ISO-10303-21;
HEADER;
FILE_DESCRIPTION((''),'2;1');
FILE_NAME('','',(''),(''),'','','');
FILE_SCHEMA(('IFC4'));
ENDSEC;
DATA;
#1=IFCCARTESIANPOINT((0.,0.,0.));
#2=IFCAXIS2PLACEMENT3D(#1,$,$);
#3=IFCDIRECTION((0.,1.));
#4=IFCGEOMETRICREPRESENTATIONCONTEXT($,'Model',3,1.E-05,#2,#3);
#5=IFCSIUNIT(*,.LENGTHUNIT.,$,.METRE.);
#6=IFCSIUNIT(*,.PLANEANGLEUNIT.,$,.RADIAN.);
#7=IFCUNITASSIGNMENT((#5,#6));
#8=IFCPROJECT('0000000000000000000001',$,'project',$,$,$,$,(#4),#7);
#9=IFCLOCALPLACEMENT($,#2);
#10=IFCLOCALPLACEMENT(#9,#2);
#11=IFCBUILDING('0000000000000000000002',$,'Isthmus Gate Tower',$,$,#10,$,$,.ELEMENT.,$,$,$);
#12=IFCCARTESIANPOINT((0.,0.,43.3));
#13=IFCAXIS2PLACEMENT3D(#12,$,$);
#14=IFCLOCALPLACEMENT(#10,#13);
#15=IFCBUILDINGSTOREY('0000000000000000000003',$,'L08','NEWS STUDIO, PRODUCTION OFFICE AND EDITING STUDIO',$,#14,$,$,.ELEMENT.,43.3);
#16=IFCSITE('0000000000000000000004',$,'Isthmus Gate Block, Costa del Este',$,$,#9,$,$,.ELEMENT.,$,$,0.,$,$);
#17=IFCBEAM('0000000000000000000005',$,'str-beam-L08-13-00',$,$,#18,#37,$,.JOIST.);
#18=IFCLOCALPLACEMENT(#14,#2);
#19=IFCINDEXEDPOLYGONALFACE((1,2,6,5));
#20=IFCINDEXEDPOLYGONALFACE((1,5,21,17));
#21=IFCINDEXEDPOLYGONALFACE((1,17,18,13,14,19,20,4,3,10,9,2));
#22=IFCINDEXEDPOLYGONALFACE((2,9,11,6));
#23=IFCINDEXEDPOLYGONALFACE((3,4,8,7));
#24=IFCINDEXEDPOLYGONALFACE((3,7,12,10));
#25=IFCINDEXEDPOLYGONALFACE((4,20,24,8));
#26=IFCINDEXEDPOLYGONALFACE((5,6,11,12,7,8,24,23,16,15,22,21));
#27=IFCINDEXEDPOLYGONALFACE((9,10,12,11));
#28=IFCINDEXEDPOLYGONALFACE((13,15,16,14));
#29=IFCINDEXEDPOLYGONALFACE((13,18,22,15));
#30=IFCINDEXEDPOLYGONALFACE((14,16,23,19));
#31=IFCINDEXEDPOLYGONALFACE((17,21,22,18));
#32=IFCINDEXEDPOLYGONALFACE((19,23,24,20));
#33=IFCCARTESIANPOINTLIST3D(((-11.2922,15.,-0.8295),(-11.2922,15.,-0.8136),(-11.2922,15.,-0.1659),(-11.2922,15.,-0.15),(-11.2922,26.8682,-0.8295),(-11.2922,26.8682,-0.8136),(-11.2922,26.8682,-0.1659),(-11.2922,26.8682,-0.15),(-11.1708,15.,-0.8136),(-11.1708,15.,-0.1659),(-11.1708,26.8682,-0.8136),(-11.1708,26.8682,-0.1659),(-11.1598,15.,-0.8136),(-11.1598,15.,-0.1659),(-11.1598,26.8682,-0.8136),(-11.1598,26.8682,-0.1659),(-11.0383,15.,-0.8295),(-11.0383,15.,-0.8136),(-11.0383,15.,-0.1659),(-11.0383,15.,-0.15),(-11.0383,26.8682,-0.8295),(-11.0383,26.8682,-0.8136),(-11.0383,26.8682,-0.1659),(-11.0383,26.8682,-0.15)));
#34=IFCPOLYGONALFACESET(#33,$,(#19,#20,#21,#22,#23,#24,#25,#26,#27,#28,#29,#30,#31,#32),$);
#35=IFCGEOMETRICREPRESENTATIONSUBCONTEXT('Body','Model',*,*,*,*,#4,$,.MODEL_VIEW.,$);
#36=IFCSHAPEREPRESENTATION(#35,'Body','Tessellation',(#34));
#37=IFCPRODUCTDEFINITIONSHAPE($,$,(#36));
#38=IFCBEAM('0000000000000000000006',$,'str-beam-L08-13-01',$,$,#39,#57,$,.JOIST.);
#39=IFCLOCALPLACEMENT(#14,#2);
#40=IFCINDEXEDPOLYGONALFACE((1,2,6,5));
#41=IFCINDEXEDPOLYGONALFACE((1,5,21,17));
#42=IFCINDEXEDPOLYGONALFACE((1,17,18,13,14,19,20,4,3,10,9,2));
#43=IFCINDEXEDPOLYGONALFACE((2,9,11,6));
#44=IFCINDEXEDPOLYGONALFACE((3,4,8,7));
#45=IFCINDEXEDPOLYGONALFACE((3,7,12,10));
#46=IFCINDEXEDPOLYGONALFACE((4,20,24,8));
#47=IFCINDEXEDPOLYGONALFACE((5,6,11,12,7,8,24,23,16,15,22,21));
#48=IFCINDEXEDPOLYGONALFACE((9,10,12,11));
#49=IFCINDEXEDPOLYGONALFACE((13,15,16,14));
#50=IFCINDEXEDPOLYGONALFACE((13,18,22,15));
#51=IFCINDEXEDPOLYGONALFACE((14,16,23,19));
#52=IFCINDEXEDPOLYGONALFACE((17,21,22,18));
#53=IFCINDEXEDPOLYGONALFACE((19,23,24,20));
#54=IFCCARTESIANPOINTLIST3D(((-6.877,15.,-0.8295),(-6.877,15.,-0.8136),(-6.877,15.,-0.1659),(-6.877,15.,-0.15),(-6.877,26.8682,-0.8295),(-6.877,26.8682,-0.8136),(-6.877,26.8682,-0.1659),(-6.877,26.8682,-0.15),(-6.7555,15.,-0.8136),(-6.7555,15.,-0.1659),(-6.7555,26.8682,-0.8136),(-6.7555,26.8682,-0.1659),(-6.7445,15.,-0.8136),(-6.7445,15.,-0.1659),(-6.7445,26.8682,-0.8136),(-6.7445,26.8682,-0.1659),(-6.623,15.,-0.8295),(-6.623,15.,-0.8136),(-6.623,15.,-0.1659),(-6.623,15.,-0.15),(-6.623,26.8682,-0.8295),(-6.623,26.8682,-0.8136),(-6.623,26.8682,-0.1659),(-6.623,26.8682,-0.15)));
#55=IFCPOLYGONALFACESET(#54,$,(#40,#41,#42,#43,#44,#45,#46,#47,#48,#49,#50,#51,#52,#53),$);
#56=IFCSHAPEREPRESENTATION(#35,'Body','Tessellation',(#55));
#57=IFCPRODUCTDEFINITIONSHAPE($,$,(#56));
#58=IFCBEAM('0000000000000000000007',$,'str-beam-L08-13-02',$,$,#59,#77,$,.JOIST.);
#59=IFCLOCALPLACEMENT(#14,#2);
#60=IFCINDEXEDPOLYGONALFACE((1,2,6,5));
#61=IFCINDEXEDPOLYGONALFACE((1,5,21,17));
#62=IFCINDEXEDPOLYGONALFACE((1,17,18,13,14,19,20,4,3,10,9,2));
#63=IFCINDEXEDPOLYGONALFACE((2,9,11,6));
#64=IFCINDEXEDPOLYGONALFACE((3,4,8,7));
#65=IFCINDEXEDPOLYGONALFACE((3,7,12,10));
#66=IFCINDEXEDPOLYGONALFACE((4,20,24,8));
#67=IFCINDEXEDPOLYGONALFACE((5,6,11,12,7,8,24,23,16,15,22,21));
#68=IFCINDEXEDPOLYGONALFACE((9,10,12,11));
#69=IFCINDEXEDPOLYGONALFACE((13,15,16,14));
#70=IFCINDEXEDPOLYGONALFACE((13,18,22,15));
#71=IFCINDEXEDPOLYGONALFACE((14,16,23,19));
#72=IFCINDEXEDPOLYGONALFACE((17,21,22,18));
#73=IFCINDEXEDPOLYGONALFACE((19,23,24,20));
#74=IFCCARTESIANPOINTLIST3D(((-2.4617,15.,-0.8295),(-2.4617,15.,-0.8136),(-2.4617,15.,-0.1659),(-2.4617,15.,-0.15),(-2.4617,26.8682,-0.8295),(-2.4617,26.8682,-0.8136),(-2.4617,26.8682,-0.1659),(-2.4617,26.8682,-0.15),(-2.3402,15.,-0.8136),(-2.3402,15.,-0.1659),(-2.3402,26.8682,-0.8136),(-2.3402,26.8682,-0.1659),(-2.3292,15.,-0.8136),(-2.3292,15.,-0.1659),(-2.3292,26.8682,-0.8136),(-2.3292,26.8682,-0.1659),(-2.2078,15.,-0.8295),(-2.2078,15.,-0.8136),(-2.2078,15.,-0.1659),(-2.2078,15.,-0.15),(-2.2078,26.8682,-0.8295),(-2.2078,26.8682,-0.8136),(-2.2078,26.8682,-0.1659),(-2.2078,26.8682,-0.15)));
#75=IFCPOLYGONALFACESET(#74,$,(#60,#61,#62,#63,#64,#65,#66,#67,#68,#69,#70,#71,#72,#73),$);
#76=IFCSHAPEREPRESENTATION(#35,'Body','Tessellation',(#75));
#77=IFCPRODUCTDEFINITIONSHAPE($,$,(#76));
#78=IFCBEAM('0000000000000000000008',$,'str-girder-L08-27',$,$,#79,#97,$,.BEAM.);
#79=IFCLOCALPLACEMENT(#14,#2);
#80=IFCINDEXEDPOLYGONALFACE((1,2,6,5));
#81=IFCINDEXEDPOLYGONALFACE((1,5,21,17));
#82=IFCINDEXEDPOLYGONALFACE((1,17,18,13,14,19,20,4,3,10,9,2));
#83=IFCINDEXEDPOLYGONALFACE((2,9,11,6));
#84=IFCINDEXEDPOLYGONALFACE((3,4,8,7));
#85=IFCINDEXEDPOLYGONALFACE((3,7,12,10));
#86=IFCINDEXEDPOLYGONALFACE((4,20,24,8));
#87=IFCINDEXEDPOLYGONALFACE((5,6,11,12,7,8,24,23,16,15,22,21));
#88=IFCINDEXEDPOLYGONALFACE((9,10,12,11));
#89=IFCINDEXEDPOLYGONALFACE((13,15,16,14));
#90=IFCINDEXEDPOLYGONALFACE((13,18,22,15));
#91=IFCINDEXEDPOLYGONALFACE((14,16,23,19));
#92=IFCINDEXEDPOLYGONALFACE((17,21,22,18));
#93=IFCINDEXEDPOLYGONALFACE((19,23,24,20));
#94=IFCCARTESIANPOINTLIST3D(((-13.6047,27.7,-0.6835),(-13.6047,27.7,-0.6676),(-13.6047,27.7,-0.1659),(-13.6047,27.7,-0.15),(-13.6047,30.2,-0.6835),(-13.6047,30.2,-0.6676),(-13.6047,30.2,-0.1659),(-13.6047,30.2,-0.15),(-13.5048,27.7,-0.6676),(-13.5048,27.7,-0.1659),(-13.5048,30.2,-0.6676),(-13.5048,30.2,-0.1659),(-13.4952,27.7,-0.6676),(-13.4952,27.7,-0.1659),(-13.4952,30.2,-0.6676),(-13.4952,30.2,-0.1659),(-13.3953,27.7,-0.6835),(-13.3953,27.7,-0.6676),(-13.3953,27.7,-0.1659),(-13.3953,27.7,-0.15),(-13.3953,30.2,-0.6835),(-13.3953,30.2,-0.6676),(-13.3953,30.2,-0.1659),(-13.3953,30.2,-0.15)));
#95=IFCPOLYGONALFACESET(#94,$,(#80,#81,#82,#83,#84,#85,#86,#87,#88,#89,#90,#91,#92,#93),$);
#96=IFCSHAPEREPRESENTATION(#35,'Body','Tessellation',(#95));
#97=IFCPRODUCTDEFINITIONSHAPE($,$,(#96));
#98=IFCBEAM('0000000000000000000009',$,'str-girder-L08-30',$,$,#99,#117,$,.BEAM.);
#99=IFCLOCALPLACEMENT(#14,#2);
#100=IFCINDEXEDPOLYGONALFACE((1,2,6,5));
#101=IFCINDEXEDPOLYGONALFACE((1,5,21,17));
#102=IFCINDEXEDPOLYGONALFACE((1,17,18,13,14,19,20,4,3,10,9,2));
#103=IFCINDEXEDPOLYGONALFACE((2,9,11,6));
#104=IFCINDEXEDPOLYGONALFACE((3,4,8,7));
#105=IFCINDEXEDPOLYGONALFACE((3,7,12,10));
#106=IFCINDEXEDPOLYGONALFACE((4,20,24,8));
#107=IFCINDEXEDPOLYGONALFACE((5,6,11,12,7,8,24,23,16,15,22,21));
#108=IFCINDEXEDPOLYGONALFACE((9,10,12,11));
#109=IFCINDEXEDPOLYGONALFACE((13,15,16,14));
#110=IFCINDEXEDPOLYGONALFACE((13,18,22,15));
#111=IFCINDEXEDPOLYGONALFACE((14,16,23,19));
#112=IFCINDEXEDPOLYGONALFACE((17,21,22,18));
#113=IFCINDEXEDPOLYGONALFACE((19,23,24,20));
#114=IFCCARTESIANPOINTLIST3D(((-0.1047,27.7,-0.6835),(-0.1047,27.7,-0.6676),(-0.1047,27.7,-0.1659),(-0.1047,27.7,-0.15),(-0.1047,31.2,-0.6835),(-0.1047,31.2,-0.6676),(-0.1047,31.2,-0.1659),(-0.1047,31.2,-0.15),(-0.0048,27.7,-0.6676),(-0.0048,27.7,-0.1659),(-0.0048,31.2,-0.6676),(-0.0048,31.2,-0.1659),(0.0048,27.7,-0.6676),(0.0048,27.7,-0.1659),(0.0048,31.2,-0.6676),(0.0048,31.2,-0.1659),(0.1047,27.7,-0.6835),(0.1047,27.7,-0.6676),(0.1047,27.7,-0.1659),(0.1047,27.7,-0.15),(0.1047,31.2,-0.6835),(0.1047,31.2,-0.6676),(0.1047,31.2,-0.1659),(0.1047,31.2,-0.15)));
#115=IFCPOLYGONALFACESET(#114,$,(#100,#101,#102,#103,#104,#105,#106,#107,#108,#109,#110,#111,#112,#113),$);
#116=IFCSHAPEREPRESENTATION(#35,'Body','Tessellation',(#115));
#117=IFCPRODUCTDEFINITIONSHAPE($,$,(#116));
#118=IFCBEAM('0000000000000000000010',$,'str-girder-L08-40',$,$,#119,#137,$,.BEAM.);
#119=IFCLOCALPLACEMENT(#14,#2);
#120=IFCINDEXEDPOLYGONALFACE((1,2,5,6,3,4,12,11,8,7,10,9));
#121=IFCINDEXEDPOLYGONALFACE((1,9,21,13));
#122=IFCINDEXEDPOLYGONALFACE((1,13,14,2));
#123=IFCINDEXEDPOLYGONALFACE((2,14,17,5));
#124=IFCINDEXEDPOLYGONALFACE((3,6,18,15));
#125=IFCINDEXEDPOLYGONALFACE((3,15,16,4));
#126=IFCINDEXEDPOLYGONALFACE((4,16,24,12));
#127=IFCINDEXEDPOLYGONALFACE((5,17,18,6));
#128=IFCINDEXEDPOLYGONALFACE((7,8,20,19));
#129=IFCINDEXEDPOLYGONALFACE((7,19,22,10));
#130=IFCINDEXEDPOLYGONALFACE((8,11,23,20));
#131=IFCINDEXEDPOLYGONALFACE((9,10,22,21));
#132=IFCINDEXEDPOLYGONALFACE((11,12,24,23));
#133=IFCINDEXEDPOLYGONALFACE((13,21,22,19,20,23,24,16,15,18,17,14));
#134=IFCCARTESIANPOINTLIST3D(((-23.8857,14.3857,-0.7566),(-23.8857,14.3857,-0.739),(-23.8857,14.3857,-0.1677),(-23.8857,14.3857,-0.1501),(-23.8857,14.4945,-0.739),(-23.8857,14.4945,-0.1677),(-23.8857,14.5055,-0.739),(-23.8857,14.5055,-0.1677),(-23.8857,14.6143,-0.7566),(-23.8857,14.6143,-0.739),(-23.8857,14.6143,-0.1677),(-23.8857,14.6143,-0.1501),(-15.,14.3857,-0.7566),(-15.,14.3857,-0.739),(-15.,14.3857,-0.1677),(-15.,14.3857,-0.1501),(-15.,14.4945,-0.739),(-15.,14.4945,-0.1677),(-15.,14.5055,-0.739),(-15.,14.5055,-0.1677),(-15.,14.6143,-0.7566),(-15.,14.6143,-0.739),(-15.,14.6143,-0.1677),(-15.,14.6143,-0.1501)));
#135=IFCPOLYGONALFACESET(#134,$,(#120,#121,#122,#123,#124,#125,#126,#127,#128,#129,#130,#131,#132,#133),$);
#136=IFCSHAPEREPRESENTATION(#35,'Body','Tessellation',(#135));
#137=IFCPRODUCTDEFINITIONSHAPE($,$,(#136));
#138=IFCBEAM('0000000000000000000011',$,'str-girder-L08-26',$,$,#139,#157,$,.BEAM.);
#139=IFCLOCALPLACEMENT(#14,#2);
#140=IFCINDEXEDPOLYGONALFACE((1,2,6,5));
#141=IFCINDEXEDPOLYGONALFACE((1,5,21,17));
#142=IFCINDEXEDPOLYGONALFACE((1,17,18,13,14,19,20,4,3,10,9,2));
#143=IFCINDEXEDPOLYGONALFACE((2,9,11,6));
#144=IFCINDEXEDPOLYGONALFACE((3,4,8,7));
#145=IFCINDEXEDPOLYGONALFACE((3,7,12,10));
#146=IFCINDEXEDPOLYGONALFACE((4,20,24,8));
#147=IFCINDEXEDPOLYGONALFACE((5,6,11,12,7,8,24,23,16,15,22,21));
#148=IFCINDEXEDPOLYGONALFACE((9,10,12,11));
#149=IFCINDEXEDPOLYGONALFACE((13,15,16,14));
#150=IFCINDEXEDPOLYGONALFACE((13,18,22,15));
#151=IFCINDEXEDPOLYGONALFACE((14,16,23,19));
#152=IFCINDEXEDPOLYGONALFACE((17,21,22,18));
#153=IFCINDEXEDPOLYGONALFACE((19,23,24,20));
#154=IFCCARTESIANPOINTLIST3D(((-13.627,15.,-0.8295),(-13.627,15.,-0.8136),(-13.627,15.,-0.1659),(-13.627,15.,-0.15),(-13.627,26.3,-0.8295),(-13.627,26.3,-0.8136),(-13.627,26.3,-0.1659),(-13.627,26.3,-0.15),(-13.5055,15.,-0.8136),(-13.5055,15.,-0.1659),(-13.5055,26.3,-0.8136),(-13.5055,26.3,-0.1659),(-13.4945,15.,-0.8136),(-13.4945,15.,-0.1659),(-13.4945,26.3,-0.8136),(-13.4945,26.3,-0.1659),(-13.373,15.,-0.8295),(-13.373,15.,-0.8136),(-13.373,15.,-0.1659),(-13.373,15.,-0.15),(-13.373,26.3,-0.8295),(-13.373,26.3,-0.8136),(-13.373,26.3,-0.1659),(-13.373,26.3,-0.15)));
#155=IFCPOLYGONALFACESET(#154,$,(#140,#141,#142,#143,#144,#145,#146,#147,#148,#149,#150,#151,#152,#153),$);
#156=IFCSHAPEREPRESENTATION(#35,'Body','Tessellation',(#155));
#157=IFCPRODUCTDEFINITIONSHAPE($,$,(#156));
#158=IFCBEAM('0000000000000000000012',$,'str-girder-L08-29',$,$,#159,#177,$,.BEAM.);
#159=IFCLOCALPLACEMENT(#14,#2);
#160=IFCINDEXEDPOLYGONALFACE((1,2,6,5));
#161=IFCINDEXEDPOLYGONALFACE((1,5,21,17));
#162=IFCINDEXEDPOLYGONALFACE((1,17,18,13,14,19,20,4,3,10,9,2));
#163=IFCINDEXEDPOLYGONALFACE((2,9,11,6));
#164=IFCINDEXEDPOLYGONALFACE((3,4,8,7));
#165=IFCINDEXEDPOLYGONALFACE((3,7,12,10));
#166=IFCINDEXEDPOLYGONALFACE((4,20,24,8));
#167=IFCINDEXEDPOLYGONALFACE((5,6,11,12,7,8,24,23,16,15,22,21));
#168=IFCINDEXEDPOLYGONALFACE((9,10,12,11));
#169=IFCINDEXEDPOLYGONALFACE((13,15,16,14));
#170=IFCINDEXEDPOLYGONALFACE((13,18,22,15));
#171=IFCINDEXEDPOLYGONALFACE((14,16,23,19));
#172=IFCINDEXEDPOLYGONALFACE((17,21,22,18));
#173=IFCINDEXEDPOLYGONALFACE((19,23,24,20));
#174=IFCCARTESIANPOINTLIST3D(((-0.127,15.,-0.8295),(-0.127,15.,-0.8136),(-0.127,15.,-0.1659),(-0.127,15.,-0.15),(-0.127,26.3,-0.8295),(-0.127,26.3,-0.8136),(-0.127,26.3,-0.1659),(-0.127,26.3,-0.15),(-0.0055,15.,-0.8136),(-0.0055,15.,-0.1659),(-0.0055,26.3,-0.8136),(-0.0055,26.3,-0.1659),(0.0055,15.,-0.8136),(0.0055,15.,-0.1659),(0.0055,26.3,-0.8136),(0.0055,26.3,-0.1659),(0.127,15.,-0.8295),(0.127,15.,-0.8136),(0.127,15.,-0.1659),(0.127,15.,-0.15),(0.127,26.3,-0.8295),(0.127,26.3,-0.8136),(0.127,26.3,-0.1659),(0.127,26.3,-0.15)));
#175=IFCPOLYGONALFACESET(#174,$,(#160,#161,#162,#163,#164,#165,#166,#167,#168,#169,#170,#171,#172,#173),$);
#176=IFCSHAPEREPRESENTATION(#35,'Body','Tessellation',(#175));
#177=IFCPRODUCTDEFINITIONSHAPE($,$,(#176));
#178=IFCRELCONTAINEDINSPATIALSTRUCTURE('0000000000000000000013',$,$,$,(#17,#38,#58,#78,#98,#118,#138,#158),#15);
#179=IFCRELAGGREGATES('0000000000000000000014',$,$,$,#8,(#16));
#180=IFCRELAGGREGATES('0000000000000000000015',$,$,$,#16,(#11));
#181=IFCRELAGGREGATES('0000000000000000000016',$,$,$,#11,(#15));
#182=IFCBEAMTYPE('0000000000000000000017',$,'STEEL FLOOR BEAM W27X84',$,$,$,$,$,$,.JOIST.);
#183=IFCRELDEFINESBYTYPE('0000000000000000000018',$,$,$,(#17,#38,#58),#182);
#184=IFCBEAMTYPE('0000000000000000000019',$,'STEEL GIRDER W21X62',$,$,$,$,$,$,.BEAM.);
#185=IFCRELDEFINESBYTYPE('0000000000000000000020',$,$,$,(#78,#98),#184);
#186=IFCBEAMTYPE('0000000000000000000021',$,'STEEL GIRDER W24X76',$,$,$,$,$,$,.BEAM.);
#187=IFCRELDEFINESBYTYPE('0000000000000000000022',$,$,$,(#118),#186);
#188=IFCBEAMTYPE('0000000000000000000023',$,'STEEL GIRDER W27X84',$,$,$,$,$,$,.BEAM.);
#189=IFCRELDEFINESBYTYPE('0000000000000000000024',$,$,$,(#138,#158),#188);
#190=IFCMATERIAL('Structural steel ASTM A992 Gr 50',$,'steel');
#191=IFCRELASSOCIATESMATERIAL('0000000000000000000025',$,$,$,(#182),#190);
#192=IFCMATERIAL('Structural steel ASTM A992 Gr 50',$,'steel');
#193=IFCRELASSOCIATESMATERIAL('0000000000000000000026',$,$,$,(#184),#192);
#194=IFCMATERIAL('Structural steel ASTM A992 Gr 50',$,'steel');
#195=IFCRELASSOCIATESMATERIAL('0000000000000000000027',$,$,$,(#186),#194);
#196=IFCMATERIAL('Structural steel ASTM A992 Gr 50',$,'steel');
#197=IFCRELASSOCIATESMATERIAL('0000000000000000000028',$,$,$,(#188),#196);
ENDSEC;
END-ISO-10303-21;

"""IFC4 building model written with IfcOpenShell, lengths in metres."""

from ifc_helpers import new_model, si_unit, direction, frame, origin, origin_2d, place, context, subcontext, project, spatial, i_section, extrude, material, material_profile, profile_set, type_object, element, save


model = new_model("IFC4")

# Units and contexts
model_context = context("Model", 3, precision=1e-05, world=origin(), true_north=direction((0.0, 1.0)))
body_context = subcontext(model_context, "Body", "Model", "MODEL_VIEW")
ifc_project = project(units=[si_unit("LENGTHUNIT", "METRE"), si_unit("PLANEANGLEUNIT", "RADIAN")], contexts=[model_context])

# Site, building, storey
site_placement = place(None, origin())
site = spatial("IfcSite", under=ifc_project, at=site_placement, Name="Isthmus Gate Block, Costa del Este", CompositionType="ELEMENT", RefElevation=0.0)
building_placement = place(site_placement, origin())
building = spatial("IfcBuilding", under=site, at=building_placement, Name="Isthmus Gate Tower", CompositionType="ELEMENT")
storey_placement = place(building_placement, frame((0.0, 0.0, 43.3)))
storey = spatial("IfcBuildingStorey", under=building, at=storey_placement, Name="L08", Description="NEWS STUDIO, PRODUCTION OFFICE AND EDITING STUDIO", CompositionType="ELEMENT", Elevation=43.3)

# Beams
ifc_material_1 = material(Name="Structural steel ASTM A992 Gr 50", Category="steel")
ifc_material_profile_1 = material_profile(ifc_material_1, i_section(OverallWidth=0.2539, OverallDepth=0.6794, WebThickness=0.011, FlangeThickness=0.0159, at=origin_2d()), Name="W27X84")
ifc_profile_set_1 = profile_set([ifc_material_profile_1], Name="Structural steel ASTM A992 Gr 50")
beam_type_1 = type_object("IfcBeamType", Name="STEEL FLOOR BEAM W27X84", PredefinedType="JOIST", material=ifc_profile_set_1)
for number, where, z_axis, x_axis, name in (
    (1, (-11.1653, 15.0, -0.4897), (0.0, 1.0, 0.0), (-1.0, 0.0, 0.0), "str-beam-L08-13-00"),
    (2, (-6.75, 15.0, -0.4897), (0.0, 1.0, 0.0), (-1.0, 0.0, 0.0), "str-beam-L08-13-01"),
    (3, (-2.3347, 15.0, -0.4897), (0.0, 1.0, 0.0), (-1.0, 0.0, 0.0), "str-beam-L08-13-02"),
):
    element("IfcBeam", number, at=place(storey_placement, frame(where, z_axis=z_axis, x_axis=x_axis)), inside=storey, type_object=beam_type_1, Name=name, PredefinedType="JOIST", context=body_context, shape_type="SweptSolid", body=[
        extrude(i_section(OverallWidth=0.2539, OverallDepth=0.6794, WebThickness=0.011, FlangeThickness=0.0159, at=origin_2d()), origin(), (0.0, 0.0, 1.0), 11.8682),
    ])
ifc_material_2 = material(Name="Structural steel ASTM A992 Gr 50", Category="steel")
ifc_material_profile_2 = material_profile(ifc_material_2, i_section(OverallWidth=0.2095, OverallDepth=0.5334, WebThickness=0.0095, FlangeThickness=0.0159, at=origin_2d()), Name="W21X62")
ifc_profile_set_2 = profile_set([ifc_material_profile_2], Name="Structural steel ASTM A992 Gr 50")
beam_type_2 = type_object("IfcBeamType", Name="STEEL GIRDER W21X62", PredefinedType="BEAM", material=ifc_profile_set_2)
beam_1_placement = place(storey_placement, frame((-13.5, 27.7, -0.4167), z_axis=(0.0, 1.0, 0.0), x_axis=(-1.0, 0.0, 0.0)))
element("IfcBeam", 4, at=beam_1_placement, inside=storey, type_object=beam_type_2, Name="str-girder-L08-27", PredefinedType="BEAM", context=body_context, shape_type="SweptSolid", body=[
    extrude(i_section(OverallWidth=0.2095, OverallDepth=0.5334, WebThickness=0.0095, FlangeThickness=0.0159, at=origin_2d()), origin(), (0.0, 0.0, 1.0), 2.5),
])
beam_2_placement = place(storey_placement, frame((0.0, 27.7, -0.4167), z_axis=(0.0, 1.0, 0.0), x_axis=(-1.0, 0.0, 0.0)))
element("IfcBeam", 5, at=beam_2_placement, inside=storey, type_object=beam_type_2, Name="str-girder-L08-30", PredefinedType="BEAM", context=body_context, shape_type="SweptSolid", body=[
    extrude(i_section(OverallWidth=0.2095, OverallDepth=0.5334, WebThickness=0.0095, FlangeThickness=0.0159, at=origin_2d()), origin(), (0.0, 0.0, 1.0), 3.5),
])
ifc_material_3 = material(Name="Structural steel ASTM A992 Gr 50", Category="steel")
ifc_material_profile_3 = material_profile(ifc_material_3, i_section(OverallWidth=0.2285, OverallDepth=0.6064, WebThickness=0.011, FlangeThickness=0.0176, at=origin_2d()), Name="W24X76")
ifc_profile_set_3 = profile_set([ifc_material_profile_3], Name="Structural steel ASTM A992 Gr 50")
beam_type_3 = type_object("IfcBeamType", Name="STEEL GIRDER W24X76", PredefinedType="BEAM", material=ifc_profile_set_3)
beam_3_placement = place(storey_placement, frame((-15.0, 14.5, -0.4534), z_axis=(-1.0, 0.0, 0.0), x_axis=(0.0, -1.0, 0.0)))
element("IfcBeam", 6, at=beam_3_placement, inside=storey, type_object=beam_type_3, Name="str-girder-L08-40", PredefinedType="BEAM", context=body_context, shape_type="SweptSolid", body=[
    extrude(i_section(OverallWidth=0.2285, OverallDepth=0.6064, WebThickness=0.011, FlangeThickness=0.0176, at=origin_2d()), origin(), (0.0, 0.0, 1.0), 8.8857),
])
ifc_material_4 = material(Name="Structural steel ASTM A992 Gr 50", Category="steel")
ifc_material_profile_4 = material_profile(ifc_material_4, i_section(OverallWidth=0.2539, OverallDepth=0.6794, WebThickness=0.011, FlangeThickness=0.0159, at=origin_2d()), Name="W27X84")
ifc_profile_set_4 = profile_set([ifc_material_profile_4], Name="Structural steel ASTM A992 Gr 50")
beam_type_4 = type_object("IfcBeamType", Name="STEEL GIRDER W27X84", PredefinedType="BEAM", material=ifc_profile_set_4)
for number, where, z_axis, x_axis, name in (
    (7, (-13.5, 15.0, -0.4897), (0.0, 1.0, 0.0), (-1.0, 0.0, 0.0), "str-girder-L08-26"),
    (8, (0.0, 15.0, -0.4897), (0.0, 1.0, 0.0), (-1.0, 0.0, 0.0), "str-girder-L08-29"),
):
    element("IfcBeam", number, at=place(storey_placement, frame(where, z_axis=z_axis, x_axis=x_axis)), inside=storey, type_object=beam_type_4, Name=name, PredefinedType="BEAM", context=body_context, shape_type="SweptSolid", body=[
        extrude(i_section(OverallWidth=0.2539, OverallDepth=0.6794, WebThickness=0.011, FlangeThickness=0.0159, at=origin_2d()), origin(), (0.0, 0.0, 1.0), 11.3),
    ])

save(model, "model.ifc")
